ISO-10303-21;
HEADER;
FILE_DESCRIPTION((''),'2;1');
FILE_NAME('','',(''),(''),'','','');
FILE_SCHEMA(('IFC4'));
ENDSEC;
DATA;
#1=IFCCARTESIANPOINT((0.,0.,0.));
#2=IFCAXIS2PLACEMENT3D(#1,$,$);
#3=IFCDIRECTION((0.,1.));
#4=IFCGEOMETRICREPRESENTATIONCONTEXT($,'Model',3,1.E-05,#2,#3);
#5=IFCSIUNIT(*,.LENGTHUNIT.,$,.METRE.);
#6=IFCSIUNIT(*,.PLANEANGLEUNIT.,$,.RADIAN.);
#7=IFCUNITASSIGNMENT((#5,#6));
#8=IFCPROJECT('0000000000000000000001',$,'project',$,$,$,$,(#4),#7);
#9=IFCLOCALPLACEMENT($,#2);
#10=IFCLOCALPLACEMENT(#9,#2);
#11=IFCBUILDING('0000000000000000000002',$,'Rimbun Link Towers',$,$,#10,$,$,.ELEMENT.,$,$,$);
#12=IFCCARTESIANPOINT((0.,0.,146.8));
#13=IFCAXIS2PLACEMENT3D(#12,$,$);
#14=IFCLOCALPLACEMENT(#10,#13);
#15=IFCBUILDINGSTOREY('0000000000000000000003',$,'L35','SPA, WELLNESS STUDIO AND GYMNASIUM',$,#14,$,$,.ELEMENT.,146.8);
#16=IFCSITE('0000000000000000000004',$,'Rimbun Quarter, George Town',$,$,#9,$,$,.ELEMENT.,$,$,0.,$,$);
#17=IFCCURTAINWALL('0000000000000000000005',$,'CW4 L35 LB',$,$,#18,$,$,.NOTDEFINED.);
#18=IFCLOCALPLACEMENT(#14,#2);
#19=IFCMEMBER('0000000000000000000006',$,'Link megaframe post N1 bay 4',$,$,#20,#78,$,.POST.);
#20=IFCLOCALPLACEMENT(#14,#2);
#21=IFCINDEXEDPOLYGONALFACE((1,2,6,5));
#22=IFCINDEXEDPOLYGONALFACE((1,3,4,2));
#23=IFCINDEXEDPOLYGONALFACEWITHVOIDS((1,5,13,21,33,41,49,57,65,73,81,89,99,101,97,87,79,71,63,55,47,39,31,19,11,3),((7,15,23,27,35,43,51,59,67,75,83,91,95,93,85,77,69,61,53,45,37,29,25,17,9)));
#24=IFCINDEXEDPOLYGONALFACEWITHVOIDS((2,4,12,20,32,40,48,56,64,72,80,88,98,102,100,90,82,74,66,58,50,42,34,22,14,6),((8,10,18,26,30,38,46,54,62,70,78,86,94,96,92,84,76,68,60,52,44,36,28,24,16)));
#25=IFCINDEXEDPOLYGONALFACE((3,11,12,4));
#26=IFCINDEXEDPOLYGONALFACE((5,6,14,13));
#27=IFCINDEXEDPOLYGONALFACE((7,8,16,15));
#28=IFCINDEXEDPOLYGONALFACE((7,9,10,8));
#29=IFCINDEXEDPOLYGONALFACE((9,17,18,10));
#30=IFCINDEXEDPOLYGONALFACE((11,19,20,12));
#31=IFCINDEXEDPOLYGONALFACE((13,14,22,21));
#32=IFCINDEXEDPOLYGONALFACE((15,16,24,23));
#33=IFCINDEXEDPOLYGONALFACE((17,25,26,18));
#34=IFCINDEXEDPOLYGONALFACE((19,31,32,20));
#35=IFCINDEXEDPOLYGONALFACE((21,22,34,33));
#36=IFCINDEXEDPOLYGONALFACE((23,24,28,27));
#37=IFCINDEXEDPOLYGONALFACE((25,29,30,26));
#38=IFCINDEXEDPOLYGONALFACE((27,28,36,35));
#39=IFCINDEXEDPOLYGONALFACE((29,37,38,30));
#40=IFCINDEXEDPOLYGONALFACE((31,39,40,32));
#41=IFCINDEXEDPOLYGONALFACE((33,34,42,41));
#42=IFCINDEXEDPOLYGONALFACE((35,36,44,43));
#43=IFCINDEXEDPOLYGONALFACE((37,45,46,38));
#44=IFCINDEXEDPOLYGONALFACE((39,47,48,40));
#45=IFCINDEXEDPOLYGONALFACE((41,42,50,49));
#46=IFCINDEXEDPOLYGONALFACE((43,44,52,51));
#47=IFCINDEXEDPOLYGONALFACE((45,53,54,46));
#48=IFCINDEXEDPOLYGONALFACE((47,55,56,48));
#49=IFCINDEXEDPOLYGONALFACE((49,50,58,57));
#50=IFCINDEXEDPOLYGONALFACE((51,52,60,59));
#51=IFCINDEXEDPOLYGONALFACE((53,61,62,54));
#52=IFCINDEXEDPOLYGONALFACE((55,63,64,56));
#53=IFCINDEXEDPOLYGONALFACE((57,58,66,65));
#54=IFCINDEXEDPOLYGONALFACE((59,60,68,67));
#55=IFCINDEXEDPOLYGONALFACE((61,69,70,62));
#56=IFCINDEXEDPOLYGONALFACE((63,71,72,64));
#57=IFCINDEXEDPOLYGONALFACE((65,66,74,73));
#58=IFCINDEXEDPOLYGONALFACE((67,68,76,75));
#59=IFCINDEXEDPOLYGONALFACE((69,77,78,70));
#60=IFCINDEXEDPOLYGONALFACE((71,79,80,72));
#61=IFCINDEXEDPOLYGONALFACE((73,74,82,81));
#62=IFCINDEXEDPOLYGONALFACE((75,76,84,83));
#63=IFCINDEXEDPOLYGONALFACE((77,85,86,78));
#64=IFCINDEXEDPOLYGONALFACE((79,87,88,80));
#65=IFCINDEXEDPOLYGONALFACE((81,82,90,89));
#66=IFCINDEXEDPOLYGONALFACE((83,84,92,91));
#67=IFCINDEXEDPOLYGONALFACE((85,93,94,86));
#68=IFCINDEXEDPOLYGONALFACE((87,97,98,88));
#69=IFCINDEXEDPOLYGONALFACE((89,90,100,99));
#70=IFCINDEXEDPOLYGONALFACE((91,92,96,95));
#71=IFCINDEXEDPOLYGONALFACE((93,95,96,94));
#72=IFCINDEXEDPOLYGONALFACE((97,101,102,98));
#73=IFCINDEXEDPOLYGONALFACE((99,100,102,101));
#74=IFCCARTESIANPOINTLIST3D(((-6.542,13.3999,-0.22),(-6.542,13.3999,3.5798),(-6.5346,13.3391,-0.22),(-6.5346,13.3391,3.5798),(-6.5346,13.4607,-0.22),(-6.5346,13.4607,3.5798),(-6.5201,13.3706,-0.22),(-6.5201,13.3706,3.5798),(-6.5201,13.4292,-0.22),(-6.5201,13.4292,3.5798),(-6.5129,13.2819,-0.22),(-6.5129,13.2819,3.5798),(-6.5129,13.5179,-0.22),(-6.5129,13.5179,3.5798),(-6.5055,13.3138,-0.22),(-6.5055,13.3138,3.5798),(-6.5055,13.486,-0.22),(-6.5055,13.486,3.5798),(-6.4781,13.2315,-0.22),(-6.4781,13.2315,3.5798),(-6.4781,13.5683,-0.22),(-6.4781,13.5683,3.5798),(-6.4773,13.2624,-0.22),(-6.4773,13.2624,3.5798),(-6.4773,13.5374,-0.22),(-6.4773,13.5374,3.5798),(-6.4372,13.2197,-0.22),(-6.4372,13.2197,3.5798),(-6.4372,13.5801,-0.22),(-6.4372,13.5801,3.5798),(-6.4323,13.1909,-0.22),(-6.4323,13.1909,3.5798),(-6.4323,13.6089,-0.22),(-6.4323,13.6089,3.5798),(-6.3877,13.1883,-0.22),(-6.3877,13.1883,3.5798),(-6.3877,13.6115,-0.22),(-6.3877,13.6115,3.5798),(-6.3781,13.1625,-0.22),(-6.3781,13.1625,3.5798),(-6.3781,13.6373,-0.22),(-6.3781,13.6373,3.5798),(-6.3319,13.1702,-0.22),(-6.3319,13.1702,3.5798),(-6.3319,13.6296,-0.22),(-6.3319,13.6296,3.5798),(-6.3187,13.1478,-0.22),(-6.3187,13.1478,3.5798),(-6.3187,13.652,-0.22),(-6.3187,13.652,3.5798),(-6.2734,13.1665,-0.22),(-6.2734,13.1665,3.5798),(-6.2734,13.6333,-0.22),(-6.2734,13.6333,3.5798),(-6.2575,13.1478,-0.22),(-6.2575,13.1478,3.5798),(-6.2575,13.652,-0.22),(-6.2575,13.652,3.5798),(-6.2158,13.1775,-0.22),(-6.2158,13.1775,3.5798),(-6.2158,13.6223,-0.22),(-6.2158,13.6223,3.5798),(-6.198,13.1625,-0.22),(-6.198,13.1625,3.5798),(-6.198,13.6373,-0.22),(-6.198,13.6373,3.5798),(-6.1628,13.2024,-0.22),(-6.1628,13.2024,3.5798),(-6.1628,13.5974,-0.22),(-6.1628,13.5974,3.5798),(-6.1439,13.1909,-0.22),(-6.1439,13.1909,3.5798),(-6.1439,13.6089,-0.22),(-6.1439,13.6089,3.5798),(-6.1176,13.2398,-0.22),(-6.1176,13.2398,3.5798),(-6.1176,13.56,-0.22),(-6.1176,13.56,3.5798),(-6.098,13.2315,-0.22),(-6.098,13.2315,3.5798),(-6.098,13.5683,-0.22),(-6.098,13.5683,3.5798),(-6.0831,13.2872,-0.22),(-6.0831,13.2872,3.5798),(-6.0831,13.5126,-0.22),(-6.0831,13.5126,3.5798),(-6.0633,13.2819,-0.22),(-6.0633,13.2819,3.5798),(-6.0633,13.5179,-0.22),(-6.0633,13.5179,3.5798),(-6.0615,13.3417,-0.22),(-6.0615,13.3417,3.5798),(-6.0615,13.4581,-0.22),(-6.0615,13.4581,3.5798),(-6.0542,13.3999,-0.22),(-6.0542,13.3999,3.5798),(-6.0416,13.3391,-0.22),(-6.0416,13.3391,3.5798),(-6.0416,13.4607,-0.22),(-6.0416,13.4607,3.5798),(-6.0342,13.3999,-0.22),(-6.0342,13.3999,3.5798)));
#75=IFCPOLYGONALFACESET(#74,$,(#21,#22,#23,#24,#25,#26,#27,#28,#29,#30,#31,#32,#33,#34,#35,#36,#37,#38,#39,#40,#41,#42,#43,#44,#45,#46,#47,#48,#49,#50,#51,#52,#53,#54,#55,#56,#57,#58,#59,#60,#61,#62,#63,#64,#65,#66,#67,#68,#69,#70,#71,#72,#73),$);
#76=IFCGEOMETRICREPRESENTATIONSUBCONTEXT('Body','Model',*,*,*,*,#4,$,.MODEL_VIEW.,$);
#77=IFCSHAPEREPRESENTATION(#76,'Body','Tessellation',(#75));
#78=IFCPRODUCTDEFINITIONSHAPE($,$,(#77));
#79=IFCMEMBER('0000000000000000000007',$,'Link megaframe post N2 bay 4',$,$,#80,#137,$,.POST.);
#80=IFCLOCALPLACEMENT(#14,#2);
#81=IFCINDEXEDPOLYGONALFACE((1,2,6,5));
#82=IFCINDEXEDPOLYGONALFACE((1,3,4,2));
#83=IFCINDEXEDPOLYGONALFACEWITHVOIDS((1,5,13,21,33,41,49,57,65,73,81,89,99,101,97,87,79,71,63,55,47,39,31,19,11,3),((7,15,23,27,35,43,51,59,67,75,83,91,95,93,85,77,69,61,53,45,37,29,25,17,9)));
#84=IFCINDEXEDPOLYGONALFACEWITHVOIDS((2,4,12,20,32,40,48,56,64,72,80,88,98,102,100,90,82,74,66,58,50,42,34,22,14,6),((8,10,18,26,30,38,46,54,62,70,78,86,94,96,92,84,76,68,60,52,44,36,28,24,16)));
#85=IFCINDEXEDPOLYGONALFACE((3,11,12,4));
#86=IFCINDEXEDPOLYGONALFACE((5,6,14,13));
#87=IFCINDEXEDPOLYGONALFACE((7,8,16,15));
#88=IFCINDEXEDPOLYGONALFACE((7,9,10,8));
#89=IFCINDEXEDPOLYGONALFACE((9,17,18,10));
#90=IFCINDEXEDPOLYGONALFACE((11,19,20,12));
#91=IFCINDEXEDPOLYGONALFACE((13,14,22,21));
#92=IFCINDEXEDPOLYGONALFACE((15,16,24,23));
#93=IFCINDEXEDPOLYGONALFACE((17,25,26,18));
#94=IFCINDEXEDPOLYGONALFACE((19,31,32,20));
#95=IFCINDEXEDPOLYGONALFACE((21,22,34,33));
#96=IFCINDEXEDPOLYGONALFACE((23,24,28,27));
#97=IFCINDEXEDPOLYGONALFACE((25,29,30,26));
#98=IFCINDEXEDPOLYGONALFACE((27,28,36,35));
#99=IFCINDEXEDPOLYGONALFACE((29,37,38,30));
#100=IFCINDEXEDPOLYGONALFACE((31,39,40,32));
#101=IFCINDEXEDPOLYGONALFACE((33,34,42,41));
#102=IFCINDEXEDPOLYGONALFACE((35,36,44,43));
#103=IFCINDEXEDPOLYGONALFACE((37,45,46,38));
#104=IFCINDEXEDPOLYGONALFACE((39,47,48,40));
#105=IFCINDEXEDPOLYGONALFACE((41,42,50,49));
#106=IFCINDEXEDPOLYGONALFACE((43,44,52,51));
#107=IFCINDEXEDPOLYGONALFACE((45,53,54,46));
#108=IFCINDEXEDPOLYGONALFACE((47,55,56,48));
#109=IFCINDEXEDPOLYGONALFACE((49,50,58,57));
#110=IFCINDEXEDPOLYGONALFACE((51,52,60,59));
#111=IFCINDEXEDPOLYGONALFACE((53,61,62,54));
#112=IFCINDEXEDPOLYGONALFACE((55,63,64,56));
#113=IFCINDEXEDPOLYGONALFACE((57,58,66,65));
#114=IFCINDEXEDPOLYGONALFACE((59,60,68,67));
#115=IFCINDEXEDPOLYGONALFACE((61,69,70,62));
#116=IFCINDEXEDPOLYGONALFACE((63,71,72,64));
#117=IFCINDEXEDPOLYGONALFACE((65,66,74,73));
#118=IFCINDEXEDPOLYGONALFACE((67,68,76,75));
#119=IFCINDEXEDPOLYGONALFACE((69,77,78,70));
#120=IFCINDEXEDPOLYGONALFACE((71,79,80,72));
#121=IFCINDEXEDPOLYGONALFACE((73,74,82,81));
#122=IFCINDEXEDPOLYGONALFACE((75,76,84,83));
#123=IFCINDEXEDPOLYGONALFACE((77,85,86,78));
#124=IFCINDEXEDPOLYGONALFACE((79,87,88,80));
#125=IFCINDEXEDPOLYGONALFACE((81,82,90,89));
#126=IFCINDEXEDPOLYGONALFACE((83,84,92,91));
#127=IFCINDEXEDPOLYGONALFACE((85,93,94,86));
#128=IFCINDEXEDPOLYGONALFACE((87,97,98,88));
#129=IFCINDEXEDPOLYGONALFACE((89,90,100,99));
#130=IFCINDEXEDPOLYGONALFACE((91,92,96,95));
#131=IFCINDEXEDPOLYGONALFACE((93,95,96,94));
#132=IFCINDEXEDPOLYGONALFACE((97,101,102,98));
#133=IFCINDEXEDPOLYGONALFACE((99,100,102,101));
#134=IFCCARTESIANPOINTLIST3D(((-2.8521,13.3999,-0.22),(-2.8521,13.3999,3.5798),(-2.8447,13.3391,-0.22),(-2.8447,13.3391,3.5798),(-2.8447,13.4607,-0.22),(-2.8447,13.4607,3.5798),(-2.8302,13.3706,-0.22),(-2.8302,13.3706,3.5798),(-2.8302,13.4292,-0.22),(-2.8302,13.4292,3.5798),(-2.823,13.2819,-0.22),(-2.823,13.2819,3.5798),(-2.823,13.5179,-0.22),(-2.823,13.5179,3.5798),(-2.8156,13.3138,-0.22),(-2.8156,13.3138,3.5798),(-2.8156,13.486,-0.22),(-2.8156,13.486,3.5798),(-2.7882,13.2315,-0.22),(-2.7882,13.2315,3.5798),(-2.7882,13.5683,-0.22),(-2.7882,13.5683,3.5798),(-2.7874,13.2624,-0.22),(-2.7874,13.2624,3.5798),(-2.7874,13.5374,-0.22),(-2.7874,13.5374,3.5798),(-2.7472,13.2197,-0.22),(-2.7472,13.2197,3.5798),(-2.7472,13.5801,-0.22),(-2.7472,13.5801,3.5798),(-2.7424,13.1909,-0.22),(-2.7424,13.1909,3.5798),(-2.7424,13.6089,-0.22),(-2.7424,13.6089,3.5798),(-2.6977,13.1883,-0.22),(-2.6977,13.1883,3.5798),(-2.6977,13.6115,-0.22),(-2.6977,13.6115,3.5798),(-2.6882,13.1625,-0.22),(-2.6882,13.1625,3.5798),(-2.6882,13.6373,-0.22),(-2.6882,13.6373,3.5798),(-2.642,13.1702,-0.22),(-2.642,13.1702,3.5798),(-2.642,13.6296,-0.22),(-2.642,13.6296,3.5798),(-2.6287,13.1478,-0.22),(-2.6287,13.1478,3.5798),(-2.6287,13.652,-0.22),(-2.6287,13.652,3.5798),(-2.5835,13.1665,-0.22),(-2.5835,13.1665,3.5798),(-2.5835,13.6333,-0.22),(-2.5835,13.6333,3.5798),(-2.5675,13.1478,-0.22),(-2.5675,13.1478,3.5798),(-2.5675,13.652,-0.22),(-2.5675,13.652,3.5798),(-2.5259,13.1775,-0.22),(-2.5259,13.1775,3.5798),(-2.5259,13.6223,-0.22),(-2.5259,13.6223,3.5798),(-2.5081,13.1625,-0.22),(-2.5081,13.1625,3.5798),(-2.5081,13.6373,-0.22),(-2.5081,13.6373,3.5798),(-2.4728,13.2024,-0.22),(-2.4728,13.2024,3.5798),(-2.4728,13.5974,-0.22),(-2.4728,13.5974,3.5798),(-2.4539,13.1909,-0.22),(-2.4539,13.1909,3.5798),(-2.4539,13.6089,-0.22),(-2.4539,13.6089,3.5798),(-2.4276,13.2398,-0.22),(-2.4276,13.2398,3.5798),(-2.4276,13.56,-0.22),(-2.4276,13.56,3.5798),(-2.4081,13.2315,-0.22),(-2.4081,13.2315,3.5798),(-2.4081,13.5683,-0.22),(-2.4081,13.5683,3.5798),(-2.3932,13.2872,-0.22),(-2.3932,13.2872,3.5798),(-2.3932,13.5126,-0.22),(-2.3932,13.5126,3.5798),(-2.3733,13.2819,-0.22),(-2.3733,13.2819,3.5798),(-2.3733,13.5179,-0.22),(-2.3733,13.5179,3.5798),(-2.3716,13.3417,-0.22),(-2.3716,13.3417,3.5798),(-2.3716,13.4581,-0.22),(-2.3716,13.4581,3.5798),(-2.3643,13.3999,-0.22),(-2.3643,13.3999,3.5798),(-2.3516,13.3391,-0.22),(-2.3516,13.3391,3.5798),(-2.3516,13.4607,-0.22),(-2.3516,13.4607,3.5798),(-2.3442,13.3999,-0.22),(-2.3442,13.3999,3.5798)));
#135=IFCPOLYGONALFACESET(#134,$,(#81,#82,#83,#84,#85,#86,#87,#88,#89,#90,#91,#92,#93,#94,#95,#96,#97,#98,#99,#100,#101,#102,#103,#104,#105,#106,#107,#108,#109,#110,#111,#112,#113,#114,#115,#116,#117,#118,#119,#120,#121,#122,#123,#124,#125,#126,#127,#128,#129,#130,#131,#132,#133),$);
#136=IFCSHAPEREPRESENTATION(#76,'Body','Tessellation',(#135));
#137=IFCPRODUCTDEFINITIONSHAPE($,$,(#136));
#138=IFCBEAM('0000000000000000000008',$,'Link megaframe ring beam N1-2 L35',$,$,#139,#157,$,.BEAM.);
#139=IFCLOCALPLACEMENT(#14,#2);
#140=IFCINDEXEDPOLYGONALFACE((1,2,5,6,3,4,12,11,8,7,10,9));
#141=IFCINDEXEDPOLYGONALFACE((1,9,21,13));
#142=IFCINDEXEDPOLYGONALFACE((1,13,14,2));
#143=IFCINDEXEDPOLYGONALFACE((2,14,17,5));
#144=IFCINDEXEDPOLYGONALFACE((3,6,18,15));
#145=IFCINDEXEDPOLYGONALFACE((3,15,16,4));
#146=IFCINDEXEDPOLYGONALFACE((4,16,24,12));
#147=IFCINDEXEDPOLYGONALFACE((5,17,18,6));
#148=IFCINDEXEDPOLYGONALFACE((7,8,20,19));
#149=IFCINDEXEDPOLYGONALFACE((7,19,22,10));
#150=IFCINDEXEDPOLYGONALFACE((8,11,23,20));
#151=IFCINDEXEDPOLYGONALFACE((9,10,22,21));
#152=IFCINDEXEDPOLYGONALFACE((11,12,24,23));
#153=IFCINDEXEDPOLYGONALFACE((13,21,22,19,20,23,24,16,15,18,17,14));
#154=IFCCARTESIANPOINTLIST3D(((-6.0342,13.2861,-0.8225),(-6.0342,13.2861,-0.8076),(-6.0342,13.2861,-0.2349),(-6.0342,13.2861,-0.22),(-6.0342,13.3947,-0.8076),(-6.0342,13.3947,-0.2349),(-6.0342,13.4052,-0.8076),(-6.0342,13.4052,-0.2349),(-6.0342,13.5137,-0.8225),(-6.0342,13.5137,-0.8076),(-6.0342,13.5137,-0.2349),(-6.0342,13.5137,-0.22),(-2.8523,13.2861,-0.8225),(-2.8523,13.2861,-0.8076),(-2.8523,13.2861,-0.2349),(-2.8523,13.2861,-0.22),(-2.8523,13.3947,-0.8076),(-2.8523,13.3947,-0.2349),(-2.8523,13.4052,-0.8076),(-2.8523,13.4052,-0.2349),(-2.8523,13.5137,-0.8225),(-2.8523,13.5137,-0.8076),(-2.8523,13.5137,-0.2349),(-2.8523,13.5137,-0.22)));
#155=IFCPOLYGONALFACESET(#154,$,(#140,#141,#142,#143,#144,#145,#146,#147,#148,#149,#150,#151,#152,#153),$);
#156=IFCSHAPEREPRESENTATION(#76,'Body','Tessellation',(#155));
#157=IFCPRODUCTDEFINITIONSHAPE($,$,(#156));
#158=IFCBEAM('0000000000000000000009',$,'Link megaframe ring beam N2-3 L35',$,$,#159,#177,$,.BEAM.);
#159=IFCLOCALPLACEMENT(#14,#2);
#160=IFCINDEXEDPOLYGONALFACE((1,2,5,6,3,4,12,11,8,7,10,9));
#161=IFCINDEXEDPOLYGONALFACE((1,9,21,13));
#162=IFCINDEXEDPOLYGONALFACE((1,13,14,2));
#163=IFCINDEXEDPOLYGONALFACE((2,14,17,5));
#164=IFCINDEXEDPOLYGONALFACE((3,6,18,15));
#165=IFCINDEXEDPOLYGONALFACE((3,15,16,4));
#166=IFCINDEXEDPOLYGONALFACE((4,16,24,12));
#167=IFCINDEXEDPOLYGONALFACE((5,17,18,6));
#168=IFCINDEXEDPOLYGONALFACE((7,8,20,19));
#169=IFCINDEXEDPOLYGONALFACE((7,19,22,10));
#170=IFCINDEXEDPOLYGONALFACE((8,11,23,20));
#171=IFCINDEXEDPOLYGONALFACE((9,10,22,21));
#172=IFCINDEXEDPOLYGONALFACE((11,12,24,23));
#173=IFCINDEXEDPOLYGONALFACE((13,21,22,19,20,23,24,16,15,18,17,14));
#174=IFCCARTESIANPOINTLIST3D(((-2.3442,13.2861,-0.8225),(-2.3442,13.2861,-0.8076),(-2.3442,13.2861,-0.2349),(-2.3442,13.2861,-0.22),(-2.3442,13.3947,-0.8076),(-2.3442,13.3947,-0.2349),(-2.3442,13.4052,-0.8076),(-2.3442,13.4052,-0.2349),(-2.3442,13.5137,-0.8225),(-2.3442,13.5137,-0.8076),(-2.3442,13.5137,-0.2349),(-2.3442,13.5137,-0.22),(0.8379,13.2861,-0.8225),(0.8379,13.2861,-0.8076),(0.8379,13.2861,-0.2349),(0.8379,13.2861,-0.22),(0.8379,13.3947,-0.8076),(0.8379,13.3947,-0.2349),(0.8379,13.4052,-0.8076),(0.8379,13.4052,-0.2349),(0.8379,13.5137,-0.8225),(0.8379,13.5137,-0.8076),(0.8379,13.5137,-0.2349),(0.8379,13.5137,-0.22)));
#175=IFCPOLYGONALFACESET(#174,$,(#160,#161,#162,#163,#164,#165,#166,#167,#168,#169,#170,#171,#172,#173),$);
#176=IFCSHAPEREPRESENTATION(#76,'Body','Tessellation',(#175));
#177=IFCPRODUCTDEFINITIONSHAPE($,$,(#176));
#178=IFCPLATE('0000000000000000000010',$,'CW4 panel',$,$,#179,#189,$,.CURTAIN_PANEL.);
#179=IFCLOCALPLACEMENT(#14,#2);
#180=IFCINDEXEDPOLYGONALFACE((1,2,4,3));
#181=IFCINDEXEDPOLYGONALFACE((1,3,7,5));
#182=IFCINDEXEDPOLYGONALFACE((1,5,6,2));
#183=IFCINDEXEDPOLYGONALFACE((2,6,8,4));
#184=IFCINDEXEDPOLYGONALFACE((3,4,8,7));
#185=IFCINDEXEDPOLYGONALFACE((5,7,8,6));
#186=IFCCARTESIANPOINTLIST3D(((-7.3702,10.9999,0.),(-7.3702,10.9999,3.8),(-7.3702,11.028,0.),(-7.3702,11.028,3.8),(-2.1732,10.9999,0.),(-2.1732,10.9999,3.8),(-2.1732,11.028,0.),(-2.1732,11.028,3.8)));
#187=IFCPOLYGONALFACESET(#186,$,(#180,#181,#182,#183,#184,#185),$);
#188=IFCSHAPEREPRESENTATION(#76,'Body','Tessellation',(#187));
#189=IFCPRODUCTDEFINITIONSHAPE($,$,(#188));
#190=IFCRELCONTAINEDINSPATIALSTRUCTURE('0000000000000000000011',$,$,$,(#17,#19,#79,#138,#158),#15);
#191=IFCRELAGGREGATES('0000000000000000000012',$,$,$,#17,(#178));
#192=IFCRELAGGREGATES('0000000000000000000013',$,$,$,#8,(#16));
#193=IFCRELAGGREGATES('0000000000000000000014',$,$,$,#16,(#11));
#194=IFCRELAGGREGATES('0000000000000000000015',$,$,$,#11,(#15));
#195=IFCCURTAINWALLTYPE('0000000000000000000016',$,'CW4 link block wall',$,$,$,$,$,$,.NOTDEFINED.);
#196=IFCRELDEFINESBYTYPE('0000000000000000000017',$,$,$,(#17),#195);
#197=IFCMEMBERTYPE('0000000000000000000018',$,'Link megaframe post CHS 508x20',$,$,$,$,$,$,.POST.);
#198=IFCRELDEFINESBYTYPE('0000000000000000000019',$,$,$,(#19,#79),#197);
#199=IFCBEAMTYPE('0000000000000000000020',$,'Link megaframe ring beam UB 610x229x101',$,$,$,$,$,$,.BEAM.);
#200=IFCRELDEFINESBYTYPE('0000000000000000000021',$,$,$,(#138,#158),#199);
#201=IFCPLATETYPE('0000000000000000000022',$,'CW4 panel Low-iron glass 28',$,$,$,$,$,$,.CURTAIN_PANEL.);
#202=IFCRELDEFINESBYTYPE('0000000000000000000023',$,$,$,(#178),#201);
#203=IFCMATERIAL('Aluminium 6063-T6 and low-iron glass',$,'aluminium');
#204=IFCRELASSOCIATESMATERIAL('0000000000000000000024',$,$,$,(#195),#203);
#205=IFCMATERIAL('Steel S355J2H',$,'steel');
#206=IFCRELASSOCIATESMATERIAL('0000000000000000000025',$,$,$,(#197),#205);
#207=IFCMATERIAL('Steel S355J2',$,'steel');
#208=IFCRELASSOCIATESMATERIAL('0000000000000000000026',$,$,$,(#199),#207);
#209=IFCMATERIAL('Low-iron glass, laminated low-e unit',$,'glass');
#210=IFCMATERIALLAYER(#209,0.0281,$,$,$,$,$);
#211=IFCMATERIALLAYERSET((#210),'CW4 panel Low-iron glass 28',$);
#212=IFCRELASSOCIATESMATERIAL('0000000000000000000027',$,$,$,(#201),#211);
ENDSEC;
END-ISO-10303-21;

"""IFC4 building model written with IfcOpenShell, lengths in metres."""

from ifc_helpers import new_model, si_unit, direction, frame, origin, origin_2d, place, context, subcontext, project, spatial, rectangle, hollow_circle, i_section, extrude, material, layer, layer_set, material_profile, profile_set, type_object, element, aggregate, save


model = new_model("IFC4")

# Units and contexts
model_context = context("Model", 3, precision=1e-05, world=origin(), true_north=direction((0.0, 1.0)))
body_context = subcontext(model_context, "Body", "Model", "MODEL_VIEW")
ifc_project = project(units=[si_unit("LENGTHUNIT", "METRE"), si_unit("PLANEANGLEUNIT", "RADIAN")], contexts=[model_context])

# Site, building, storey
site_placement = place(None, origin())
site = spatial("IfcSite", under=ifc_project, at=site_placement, Name="Rimbun Quarter, George Town", CompositionType="ELEMENT", RefElevation=0.0)
building_placement = place(site_placement, origin())
building = spatial("IfcBuilding", under=site, at=building_placement, Name="Rimbun Link Towers", CompositionType="ELEMENT")
storey_placement = place(building_placement, frame((0.0, 0.0, 146.8)))
storey = spatial("IfcBuildingStorey", under=building, at=storey_placement, Name="L35", Description="SPA, WELLNESS STUDIO AND GYMNASIUM", CompositionType="ELEMENT", Elevation=146.8)

# Curtain wall
ifc_material_1 = material(Name="Aluminium 6063-T6 and low-iron glass", Category="aluminium")
curtain_wall_type = type_object("IfcCurtainWallType", Name="CW4 link block wall", PredefinedType="NOTDEFINED", material=ifc_material_1)
curtain_wall_placement = place(storey_placement, origin())
curtain_wall = element("IfcCurtainWall", 1, at=curtain_wall_placement, inside=storey, type_object=curtain_wall_type, Name="CW4 L35 LB", PredefinedType="NOTDEFINED")

# Members
ifc_material_2 = material(Name="Steel S355J2H", Category="steel")
ifc_material_profile_1 = material_profile(ifc_material_2, hollow_circle(Radius=0.2539, WallThickness=0.02, at=origin_2d()), Name="CHS 508x20")
ifc_profile_set_1 = profile_set([ifc_material_profile_1], Name="Steel S355J2H")
member_type_1 = type_object("IfcMemberType", Name="Link megaframe post CHS 508x20", PredefinedType="POST", material=ifc_profile_set_1)
for number, where, z_axis, x_axis, name in (
    (2, (-6.2881, 13.3999, -0.22), (0.0, 0.0, 1.0), (1.0, 0.0, 0.0), "Link megaframe post N1 bay 4"),
    (3, (-2.5981, 13.3999, -0.22), (0.0, 0.0, 1.0), (1.0, 0.0, 0.0), "Link megaframe post N2 bay 4"),
):
    element("IfcMember", number, at=place(storey_placement, frame(where, z_axis=z_axis, x_axis=x_axis)), inside=storey, type_object=member_type_1, Name=name, PredefinedType="POST", context=body_context, shape_type="SweptSolid", body=[
        extrude(hollow_circle(Radius=0.2539, WallThickness=0.02, at=origin_2d()), origin(), (0.0, 0.0, 1.0), 3.7998),
    ])

# Beams
ifc_material_3 = material(Name="Steel S355J2", Category="steel")
ifc_material_profile_2 = material_profile(ifc_material_3, i_section(OverallWidth=0.2275, OverallDepth=0.6025, WebThickness=0.0105, FlangeThickness=0.0149, at=origin_2d()), Name="UB 610x229x101")
ifc_profile_set_2 = profile_set([ifc_material_profile_2], Name="Steel S355J2")
beam_type_1 = type_object("IfcBeamType", Name="Link megaframe ring beam UB 610x229x101", PredefinedType="BEAM", material=ifc_profile_set_2)
beam_1_placement = place(storey_placement, frame((-6.0342, 13.3999, -0.5212), z_axis=(1.0, 0.0, 0.0), x_axis=(0.0, 1.0, 0.0)))
element("IfcBeam", 4, at=beam_1_placement, inside=storey, type_object=beam_type_1, Name="Link megaframe ring beam N1-2 L35", PredefinedType="BEAM", context=body_context, shape_type="SweptSolid", body=[
    extrude(i_section(OverallWidth=0.2275, OverallDepth=0.6025, WebThickness=0.0105, FlangeThickness=0.0149, at=origin_2d()), origin(), (0.0, 0.0, 1.0), 3.1819),
])
beam_2_placement = place(storey_placement, frame((-2.3442, 13.3999, -0.5212), z_axis=(1.0, 0.0, 0.0), x_axis=(0.0, 1.0, 0.0)))
element("IfcBeam", 5, at=beam_2_placement, inside=storey, type_object=beam_type_1, Name="Link megaframe ring beam N2-3 L35", PredefinedType="BEAM", context=body_context, shape_type="SweptSolid", body=[
    extrude(i_section(OverallWidth=0.2275, OverallDepth=0.6025, WebThickness=0.0105, FlangeThickness=0.0149, at=origin_2d()), origin(), (0.0, 0.0, 1.0), 3.1821),
])

# Plate
ifc_material_4 = material(Name="Low-iron glass, laminated low-e unit", Category="glass")
ifc_layer_1 = layer(ifc_material_4, 0.0281)
ifc_layer_set_1 = layer_set([ifc_layer_1], Name="CW4 panel Low-iron glass 28")
plate_type = type_object("IfcPlateType", Name="CW4 panel Low-iron glass 28", PredefinedType="CURTAIN_PANEL", material=ifc_layer_set_1)
plate_placement = place(storey_placement, frame((-4.7717, 11.0139, 0.0), z_axis=(0.0, 0.0, 1.0), x_axis=(1.0, 0.0, 0.0)))
plate = element("IfcPlate", 6, at=plate_placement, type_object=plate_type, Name="CW4 panel", PredefinedType="CURTAIN_PANEL", context=body_context, shape_type="SweptSolid", body=[
    extrude(rectangle(XDim=5.197, YDim=0.0281, at=origin_2d()), origin(), (0.0, 0.0, 1.0), 3.8),
])
aggregate(curtain_wall, [plate])

save(model, "model.ifc")
